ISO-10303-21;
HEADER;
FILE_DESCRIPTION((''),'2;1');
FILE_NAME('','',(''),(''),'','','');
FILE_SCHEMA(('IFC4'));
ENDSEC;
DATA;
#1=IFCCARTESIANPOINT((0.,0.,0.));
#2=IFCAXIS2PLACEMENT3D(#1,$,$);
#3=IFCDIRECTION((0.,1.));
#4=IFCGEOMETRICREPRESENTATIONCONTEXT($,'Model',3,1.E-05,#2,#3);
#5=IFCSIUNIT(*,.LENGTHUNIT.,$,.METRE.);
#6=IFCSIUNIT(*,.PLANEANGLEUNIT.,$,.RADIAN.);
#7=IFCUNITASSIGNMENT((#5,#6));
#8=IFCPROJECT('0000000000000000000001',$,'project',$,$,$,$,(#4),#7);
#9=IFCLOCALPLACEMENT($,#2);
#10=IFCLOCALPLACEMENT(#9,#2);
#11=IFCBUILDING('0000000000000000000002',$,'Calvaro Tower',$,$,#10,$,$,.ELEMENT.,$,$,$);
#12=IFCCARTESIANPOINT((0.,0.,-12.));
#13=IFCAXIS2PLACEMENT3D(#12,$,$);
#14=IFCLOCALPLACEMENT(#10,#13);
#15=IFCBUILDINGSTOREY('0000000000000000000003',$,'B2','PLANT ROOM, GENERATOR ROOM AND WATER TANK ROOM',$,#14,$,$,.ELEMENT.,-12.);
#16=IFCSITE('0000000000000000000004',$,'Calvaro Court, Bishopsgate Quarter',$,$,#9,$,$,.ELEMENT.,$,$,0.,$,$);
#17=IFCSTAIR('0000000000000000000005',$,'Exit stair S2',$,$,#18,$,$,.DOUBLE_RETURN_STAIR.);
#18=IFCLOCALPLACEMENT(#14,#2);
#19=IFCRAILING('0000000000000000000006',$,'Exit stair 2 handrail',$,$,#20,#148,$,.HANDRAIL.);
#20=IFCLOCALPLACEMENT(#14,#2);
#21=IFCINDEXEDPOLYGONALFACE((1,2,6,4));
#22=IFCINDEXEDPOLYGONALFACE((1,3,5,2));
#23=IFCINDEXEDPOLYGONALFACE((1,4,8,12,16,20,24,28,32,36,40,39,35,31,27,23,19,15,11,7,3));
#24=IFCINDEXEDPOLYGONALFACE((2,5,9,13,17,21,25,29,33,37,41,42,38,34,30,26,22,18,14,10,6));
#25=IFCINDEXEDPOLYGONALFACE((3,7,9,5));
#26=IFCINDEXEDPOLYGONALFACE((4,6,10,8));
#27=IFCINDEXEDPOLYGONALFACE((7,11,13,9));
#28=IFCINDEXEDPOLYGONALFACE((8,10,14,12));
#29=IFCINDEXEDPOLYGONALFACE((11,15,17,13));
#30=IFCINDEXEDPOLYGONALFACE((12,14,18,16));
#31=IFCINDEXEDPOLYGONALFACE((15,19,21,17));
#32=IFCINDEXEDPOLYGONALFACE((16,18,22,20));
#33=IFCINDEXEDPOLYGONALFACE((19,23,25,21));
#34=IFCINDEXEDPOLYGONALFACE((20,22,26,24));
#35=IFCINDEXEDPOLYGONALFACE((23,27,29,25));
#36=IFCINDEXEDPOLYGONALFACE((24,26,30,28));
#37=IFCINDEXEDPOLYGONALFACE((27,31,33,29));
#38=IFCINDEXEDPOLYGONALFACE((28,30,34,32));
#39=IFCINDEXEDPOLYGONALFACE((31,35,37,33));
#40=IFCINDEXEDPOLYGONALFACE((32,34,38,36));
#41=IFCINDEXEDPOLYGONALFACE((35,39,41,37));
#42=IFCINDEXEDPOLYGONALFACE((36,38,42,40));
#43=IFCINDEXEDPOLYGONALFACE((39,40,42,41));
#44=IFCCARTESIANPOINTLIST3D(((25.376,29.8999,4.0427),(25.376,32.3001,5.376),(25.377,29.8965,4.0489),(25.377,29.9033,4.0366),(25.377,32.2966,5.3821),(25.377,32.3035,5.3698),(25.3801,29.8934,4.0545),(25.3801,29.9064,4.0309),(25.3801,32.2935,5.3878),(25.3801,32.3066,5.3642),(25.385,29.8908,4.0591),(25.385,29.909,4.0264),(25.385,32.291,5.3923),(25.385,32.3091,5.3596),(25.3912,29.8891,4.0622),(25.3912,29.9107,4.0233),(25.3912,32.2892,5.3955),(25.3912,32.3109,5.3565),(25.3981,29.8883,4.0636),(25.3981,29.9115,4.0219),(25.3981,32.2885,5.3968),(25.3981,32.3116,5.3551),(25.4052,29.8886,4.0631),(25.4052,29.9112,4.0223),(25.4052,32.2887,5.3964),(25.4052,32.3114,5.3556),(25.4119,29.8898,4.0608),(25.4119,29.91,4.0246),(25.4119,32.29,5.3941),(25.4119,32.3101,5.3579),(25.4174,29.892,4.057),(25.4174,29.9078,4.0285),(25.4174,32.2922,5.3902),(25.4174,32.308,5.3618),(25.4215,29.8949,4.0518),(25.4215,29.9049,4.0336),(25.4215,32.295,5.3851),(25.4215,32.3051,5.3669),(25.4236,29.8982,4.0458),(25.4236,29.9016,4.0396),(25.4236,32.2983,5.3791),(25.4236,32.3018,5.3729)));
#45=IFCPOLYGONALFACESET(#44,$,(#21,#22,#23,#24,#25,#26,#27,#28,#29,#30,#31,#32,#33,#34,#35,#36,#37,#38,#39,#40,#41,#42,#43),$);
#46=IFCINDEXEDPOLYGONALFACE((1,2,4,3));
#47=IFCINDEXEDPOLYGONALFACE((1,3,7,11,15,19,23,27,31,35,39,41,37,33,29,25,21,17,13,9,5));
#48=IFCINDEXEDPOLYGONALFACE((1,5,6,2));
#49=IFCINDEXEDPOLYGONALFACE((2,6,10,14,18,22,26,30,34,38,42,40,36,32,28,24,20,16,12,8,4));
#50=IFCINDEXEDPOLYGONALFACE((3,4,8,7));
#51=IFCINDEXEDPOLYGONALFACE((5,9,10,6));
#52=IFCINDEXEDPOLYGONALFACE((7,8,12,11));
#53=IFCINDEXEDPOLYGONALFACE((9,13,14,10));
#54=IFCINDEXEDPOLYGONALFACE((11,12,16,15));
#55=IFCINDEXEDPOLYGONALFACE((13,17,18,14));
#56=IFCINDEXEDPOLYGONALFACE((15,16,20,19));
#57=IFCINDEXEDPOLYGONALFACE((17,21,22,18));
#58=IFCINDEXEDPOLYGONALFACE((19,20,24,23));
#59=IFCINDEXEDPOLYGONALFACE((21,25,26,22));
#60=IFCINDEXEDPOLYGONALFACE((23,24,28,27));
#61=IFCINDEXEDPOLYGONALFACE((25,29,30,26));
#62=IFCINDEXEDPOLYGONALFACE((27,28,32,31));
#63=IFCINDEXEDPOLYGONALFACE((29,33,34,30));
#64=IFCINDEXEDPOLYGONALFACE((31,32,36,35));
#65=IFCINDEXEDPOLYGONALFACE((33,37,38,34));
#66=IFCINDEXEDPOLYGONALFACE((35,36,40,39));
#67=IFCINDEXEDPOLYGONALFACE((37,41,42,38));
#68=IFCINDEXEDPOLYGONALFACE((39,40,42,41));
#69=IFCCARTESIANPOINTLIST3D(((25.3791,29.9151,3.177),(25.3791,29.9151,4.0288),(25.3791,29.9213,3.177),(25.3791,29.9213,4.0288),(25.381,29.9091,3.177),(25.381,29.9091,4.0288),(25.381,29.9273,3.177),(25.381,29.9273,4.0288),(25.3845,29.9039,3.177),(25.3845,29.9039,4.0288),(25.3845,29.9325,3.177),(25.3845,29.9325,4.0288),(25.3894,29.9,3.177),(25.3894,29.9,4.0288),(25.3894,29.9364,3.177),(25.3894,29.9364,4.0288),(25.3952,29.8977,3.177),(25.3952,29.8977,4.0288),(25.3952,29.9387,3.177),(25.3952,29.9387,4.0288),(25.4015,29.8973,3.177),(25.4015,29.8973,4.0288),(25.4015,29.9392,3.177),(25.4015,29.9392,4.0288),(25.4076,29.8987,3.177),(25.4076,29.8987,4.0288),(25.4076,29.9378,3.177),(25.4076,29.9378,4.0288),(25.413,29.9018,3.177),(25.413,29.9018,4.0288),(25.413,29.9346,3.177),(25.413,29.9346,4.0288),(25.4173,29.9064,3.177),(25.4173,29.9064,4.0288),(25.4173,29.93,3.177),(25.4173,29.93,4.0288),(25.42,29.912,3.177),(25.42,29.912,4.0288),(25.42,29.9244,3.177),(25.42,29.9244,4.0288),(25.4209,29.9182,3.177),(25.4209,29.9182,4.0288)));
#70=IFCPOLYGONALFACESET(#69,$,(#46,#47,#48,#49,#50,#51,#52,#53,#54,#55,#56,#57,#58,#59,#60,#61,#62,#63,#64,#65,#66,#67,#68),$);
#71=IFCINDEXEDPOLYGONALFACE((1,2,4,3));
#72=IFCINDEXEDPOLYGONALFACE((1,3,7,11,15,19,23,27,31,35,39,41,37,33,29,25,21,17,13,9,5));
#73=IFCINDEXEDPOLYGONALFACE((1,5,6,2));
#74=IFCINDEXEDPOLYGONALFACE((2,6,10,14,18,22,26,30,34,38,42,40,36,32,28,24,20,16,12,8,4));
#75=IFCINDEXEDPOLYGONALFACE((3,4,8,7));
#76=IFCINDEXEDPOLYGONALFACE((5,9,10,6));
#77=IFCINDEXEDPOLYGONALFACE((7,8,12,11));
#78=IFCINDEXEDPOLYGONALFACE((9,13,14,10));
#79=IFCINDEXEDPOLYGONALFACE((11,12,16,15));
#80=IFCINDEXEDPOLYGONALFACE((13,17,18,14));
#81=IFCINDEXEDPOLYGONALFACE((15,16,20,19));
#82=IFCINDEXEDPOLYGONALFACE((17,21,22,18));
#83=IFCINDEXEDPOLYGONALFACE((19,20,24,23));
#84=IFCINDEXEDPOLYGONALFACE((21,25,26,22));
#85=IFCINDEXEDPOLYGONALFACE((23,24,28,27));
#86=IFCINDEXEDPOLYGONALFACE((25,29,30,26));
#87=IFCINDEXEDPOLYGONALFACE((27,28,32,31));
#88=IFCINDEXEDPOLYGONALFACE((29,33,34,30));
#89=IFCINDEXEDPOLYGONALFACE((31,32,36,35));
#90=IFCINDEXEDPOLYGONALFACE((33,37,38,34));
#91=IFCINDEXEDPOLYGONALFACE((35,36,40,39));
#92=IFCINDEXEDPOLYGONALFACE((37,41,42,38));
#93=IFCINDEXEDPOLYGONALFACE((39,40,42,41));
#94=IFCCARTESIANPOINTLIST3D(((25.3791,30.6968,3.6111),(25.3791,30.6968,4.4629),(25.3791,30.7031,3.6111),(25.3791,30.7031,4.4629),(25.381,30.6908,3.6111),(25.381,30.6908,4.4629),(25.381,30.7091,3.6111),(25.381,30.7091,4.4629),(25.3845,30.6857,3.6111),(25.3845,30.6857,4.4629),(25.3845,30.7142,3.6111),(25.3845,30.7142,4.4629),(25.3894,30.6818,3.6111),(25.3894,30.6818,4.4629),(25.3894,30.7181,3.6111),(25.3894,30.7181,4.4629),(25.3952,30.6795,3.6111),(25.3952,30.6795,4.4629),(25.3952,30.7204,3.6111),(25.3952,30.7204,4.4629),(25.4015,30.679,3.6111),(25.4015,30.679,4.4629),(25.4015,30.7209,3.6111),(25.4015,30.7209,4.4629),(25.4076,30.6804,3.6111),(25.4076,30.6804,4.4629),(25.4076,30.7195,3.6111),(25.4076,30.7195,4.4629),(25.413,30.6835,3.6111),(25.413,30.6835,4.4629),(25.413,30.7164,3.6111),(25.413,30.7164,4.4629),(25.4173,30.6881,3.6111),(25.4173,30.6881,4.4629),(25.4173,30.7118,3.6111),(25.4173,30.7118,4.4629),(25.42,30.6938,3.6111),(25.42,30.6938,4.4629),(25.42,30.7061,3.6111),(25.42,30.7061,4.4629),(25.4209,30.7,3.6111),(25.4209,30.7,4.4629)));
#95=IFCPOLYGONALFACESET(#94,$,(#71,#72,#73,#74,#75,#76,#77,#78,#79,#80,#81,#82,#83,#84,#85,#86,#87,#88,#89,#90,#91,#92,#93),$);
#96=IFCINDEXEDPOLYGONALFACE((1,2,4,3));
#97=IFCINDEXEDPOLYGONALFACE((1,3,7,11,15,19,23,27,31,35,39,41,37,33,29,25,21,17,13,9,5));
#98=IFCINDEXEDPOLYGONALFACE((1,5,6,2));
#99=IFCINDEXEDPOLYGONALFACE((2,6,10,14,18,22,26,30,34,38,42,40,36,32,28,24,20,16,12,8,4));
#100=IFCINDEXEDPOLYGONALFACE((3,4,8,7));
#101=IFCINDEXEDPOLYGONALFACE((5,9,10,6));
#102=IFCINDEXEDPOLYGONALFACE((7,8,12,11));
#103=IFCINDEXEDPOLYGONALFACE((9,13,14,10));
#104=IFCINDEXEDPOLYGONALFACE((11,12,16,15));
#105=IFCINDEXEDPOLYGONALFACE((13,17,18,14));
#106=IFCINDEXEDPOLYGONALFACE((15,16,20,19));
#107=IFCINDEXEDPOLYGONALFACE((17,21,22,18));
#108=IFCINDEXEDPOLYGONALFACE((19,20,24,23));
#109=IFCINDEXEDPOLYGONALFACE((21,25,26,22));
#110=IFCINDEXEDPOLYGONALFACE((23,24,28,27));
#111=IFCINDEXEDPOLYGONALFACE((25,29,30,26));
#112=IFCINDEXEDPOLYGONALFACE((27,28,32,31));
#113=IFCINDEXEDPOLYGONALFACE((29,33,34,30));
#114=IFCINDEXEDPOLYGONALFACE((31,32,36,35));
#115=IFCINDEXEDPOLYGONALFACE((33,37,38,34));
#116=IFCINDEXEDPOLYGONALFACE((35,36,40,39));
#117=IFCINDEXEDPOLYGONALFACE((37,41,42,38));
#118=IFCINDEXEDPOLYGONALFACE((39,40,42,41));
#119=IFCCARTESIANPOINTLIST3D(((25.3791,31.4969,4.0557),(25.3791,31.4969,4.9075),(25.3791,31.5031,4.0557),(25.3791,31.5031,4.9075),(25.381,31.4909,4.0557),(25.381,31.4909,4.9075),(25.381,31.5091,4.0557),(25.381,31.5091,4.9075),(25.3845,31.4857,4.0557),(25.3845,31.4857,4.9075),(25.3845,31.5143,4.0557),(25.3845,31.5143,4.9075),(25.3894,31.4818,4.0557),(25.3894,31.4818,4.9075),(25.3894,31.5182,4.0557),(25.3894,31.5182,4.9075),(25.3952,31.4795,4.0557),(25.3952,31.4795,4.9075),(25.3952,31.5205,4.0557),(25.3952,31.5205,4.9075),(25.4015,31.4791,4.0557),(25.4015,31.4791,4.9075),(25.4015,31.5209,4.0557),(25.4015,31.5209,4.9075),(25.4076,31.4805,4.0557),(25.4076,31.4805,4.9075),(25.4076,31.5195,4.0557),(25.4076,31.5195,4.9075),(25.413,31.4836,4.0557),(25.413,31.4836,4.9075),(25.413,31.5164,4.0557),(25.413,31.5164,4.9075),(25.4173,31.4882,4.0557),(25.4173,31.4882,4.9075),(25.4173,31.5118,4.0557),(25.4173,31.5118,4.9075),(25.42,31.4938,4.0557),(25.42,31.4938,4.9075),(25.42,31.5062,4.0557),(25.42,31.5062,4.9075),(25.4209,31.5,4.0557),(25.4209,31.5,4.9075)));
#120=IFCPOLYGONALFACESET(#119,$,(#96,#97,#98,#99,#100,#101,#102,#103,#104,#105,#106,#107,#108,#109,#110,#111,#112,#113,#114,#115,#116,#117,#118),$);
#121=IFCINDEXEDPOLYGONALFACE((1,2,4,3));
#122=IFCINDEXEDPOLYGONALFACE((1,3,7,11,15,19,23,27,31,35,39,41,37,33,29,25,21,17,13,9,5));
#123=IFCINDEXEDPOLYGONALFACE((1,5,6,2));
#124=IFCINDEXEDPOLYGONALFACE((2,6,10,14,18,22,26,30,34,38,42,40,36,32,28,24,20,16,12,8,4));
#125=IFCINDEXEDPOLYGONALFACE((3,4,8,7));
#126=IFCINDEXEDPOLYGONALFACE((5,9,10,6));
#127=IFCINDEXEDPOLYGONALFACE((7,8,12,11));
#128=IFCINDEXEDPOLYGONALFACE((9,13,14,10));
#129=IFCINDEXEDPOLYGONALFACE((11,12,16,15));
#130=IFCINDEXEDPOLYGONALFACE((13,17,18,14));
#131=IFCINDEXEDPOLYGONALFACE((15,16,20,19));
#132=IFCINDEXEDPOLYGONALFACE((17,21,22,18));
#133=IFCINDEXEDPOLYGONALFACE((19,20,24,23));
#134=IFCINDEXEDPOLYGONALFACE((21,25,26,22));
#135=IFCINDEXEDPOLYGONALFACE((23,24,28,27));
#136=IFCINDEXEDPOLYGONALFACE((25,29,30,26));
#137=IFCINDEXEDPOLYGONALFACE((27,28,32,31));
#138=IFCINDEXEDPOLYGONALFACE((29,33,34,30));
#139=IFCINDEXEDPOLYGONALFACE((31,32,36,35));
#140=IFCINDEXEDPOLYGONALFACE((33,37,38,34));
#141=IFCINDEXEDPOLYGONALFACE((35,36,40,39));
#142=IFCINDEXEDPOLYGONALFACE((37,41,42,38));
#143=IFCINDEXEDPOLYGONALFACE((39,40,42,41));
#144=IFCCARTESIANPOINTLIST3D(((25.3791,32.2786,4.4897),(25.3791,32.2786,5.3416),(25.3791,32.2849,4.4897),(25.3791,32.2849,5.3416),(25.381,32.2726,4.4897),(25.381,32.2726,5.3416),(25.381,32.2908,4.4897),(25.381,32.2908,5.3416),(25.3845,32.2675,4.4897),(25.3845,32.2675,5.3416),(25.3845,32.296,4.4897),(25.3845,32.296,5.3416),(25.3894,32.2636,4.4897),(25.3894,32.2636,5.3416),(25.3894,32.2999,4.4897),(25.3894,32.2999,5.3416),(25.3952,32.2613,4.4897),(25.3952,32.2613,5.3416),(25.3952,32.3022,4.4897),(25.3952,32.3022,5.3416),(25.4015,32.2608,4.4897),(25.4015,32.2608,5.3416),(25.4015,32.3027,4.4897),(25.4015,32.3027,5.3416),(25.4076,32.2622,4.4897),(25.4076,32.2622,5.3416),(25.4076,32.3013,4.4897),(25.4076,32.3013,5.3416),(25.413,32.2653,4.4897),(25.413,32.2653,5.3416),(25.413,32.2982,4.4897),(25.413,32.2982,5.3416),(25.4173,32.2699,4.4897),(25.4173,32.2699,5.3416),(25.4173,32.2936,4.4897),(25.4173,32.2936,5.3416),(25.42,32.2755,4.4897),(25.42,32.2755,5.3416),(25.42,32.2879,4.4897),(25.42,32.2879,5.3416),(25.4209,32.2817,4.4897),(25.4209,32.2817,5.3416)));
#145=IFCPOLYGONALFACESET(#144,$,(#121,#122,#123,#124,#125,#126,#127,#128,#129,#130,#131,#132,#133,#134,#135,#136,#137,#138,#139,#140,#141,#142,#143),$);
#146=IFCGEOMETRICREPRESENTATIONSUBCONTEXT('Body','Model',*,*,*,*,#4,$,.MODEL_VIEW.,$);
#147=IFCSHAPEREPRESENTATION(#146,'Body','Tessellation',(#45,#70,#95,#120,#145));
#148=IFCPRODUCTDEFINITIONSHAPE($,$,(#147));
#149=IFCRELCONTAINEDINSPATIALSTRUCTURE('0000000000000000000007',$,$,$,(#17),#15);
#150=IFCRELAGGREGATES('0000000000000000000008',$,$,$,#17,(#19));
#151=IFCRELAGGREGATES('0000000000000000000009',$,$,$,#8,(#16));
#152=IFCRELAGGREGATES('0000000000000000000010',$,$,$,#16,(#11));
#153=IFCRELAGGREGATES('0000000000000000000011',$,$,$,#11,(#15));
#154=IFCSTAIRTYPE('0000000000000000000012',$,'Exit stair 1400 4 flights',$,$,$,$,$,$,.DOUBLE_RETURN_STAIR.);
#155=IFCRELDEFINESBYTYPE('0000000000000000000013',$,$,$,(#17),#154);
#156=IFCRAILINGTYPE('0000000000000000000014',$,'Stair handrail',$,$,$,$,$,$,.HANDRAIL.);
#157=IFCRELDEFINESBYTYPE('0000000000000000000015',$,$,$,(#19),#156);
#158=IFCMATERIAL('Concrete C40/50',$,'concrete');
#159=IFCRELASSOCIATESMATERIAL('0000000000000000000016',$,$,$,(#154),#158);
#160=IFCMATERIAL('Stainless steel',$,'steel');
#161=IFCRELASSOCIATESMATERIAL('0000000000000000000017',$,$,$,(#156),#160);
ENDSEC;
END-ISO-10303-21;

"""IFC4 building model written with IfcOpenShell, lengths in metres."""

from ifc_helpers import new_model, si_unit, direction, frame, origin, origin_2d, place, context, subcontext, project, spatial, circle, extrude, material, type_object, element, aggregate, save


model = new_model("IFC4")

# Units and contexts
model_context = context("Model", 3, precision=1e-05, world=origin(), true_north=direction((0.0, 1.0)))
body_context = subcontext(model_context, "Body", "Model", "MODEL_VIEW")
ifc_project = project(units=[si_unit("LENGTHUNIT", "METRE"), si_unit("PLANEANGLEUNIT", "RADIAN")], contexts=[model_context])

# Site, building, storey
site_placement = place(None, origin())
site = spatial("IfcSite", under=ifc_project, at=site_placement, Name="Calvaro Court, Bishopsgate Quarter", CompositionType="ELEMENT", RefElevation=0.0)
building_placement = place(site_placement, origin())
building = spatial("IfcBuilding", under=site, at=building_placement, Name="Calvaro Tower", CompositionType="ELEMENT")
storey_placement = place(building_placement, frame((0.0, 0.0, -12.0)))
storey = spatial("IfcBuildingStorey", under=building, at=storey_placement, Name="B2", Description="PLANT ROOM, GENERATOR ROOM AND WATER TANK ROOM", CompositionType="ELEMENT", Elevation=-12.0)

# Stair, railing
ifc_material_1 = material(Name="Concrete C40/50", Category="concrete")
stair_type = type_object("IfcStairType", Name="Exit stair 1400 4 flights", PredefinedType="DOUBLE_RETURN_STAIR", material=ifc_material_1)
stair_placement = place(storey_placement, origin())
stair = element("IfcStair", 1, at=stair_placement, inside=storey, type_object=stair_type, Name="Exit stair S2", PredefinedType="DOUBLE_RETURN_STAIR")
ifc_material_2 = material(Name="Stainless steel", Category="steel")
railing_type = type_object("IfcRailingType", Name="Stair handrail", PredefinedType="HANDRAIL", material=ifc_material_2)
railing_1_placement = place(storey_placement, frame((25.3999, 29.8999, 3.1667)))
railing_1 = element("IfcRailing", 2, at=railing_1_placement, type_object=railing_type, Name="Exit stair 2 handrail", PredefinedType="HANDRAIL", context=body_context, shape_type="SweptSolid", body=[
    extrude(circle(Radius=0.0239, at=origin_2d()), frame((0.0, 0.0, 0.876), z_axis=(0.0, 0.874182, 0.485598), x_axis=(-1.0, 0.0, 0.0)), (0.0, 0.0, 1.0), 2.7456),
    extrude(circle(Radius=0.021, at=origin_2d()), frame((0.0, 0.0183, 0.0103)), (0.0, 0.0, 1.0), 0.8518),
    extrude(circle(Radius=0.021, at=origin_2d()), frame((0.0, 0.8, 0.4443)), (0.0, 0.0, 1.0), 0.8518),
    extrude(circle(Radius=0.021, at=origin_2d()), frame((0.0, 1.6001, 0.8889)), (0.0, 0.0, 1.0), 0.8518),
    extrude(circle(Radius=0.021, at=origin_2d()), frame((0.0, 2.3818, 1.323)), (0.0, 0.0, 1.0), 0.8518),
])
aggregate(stair, [railing_1])

save(model, "model.ifc")
